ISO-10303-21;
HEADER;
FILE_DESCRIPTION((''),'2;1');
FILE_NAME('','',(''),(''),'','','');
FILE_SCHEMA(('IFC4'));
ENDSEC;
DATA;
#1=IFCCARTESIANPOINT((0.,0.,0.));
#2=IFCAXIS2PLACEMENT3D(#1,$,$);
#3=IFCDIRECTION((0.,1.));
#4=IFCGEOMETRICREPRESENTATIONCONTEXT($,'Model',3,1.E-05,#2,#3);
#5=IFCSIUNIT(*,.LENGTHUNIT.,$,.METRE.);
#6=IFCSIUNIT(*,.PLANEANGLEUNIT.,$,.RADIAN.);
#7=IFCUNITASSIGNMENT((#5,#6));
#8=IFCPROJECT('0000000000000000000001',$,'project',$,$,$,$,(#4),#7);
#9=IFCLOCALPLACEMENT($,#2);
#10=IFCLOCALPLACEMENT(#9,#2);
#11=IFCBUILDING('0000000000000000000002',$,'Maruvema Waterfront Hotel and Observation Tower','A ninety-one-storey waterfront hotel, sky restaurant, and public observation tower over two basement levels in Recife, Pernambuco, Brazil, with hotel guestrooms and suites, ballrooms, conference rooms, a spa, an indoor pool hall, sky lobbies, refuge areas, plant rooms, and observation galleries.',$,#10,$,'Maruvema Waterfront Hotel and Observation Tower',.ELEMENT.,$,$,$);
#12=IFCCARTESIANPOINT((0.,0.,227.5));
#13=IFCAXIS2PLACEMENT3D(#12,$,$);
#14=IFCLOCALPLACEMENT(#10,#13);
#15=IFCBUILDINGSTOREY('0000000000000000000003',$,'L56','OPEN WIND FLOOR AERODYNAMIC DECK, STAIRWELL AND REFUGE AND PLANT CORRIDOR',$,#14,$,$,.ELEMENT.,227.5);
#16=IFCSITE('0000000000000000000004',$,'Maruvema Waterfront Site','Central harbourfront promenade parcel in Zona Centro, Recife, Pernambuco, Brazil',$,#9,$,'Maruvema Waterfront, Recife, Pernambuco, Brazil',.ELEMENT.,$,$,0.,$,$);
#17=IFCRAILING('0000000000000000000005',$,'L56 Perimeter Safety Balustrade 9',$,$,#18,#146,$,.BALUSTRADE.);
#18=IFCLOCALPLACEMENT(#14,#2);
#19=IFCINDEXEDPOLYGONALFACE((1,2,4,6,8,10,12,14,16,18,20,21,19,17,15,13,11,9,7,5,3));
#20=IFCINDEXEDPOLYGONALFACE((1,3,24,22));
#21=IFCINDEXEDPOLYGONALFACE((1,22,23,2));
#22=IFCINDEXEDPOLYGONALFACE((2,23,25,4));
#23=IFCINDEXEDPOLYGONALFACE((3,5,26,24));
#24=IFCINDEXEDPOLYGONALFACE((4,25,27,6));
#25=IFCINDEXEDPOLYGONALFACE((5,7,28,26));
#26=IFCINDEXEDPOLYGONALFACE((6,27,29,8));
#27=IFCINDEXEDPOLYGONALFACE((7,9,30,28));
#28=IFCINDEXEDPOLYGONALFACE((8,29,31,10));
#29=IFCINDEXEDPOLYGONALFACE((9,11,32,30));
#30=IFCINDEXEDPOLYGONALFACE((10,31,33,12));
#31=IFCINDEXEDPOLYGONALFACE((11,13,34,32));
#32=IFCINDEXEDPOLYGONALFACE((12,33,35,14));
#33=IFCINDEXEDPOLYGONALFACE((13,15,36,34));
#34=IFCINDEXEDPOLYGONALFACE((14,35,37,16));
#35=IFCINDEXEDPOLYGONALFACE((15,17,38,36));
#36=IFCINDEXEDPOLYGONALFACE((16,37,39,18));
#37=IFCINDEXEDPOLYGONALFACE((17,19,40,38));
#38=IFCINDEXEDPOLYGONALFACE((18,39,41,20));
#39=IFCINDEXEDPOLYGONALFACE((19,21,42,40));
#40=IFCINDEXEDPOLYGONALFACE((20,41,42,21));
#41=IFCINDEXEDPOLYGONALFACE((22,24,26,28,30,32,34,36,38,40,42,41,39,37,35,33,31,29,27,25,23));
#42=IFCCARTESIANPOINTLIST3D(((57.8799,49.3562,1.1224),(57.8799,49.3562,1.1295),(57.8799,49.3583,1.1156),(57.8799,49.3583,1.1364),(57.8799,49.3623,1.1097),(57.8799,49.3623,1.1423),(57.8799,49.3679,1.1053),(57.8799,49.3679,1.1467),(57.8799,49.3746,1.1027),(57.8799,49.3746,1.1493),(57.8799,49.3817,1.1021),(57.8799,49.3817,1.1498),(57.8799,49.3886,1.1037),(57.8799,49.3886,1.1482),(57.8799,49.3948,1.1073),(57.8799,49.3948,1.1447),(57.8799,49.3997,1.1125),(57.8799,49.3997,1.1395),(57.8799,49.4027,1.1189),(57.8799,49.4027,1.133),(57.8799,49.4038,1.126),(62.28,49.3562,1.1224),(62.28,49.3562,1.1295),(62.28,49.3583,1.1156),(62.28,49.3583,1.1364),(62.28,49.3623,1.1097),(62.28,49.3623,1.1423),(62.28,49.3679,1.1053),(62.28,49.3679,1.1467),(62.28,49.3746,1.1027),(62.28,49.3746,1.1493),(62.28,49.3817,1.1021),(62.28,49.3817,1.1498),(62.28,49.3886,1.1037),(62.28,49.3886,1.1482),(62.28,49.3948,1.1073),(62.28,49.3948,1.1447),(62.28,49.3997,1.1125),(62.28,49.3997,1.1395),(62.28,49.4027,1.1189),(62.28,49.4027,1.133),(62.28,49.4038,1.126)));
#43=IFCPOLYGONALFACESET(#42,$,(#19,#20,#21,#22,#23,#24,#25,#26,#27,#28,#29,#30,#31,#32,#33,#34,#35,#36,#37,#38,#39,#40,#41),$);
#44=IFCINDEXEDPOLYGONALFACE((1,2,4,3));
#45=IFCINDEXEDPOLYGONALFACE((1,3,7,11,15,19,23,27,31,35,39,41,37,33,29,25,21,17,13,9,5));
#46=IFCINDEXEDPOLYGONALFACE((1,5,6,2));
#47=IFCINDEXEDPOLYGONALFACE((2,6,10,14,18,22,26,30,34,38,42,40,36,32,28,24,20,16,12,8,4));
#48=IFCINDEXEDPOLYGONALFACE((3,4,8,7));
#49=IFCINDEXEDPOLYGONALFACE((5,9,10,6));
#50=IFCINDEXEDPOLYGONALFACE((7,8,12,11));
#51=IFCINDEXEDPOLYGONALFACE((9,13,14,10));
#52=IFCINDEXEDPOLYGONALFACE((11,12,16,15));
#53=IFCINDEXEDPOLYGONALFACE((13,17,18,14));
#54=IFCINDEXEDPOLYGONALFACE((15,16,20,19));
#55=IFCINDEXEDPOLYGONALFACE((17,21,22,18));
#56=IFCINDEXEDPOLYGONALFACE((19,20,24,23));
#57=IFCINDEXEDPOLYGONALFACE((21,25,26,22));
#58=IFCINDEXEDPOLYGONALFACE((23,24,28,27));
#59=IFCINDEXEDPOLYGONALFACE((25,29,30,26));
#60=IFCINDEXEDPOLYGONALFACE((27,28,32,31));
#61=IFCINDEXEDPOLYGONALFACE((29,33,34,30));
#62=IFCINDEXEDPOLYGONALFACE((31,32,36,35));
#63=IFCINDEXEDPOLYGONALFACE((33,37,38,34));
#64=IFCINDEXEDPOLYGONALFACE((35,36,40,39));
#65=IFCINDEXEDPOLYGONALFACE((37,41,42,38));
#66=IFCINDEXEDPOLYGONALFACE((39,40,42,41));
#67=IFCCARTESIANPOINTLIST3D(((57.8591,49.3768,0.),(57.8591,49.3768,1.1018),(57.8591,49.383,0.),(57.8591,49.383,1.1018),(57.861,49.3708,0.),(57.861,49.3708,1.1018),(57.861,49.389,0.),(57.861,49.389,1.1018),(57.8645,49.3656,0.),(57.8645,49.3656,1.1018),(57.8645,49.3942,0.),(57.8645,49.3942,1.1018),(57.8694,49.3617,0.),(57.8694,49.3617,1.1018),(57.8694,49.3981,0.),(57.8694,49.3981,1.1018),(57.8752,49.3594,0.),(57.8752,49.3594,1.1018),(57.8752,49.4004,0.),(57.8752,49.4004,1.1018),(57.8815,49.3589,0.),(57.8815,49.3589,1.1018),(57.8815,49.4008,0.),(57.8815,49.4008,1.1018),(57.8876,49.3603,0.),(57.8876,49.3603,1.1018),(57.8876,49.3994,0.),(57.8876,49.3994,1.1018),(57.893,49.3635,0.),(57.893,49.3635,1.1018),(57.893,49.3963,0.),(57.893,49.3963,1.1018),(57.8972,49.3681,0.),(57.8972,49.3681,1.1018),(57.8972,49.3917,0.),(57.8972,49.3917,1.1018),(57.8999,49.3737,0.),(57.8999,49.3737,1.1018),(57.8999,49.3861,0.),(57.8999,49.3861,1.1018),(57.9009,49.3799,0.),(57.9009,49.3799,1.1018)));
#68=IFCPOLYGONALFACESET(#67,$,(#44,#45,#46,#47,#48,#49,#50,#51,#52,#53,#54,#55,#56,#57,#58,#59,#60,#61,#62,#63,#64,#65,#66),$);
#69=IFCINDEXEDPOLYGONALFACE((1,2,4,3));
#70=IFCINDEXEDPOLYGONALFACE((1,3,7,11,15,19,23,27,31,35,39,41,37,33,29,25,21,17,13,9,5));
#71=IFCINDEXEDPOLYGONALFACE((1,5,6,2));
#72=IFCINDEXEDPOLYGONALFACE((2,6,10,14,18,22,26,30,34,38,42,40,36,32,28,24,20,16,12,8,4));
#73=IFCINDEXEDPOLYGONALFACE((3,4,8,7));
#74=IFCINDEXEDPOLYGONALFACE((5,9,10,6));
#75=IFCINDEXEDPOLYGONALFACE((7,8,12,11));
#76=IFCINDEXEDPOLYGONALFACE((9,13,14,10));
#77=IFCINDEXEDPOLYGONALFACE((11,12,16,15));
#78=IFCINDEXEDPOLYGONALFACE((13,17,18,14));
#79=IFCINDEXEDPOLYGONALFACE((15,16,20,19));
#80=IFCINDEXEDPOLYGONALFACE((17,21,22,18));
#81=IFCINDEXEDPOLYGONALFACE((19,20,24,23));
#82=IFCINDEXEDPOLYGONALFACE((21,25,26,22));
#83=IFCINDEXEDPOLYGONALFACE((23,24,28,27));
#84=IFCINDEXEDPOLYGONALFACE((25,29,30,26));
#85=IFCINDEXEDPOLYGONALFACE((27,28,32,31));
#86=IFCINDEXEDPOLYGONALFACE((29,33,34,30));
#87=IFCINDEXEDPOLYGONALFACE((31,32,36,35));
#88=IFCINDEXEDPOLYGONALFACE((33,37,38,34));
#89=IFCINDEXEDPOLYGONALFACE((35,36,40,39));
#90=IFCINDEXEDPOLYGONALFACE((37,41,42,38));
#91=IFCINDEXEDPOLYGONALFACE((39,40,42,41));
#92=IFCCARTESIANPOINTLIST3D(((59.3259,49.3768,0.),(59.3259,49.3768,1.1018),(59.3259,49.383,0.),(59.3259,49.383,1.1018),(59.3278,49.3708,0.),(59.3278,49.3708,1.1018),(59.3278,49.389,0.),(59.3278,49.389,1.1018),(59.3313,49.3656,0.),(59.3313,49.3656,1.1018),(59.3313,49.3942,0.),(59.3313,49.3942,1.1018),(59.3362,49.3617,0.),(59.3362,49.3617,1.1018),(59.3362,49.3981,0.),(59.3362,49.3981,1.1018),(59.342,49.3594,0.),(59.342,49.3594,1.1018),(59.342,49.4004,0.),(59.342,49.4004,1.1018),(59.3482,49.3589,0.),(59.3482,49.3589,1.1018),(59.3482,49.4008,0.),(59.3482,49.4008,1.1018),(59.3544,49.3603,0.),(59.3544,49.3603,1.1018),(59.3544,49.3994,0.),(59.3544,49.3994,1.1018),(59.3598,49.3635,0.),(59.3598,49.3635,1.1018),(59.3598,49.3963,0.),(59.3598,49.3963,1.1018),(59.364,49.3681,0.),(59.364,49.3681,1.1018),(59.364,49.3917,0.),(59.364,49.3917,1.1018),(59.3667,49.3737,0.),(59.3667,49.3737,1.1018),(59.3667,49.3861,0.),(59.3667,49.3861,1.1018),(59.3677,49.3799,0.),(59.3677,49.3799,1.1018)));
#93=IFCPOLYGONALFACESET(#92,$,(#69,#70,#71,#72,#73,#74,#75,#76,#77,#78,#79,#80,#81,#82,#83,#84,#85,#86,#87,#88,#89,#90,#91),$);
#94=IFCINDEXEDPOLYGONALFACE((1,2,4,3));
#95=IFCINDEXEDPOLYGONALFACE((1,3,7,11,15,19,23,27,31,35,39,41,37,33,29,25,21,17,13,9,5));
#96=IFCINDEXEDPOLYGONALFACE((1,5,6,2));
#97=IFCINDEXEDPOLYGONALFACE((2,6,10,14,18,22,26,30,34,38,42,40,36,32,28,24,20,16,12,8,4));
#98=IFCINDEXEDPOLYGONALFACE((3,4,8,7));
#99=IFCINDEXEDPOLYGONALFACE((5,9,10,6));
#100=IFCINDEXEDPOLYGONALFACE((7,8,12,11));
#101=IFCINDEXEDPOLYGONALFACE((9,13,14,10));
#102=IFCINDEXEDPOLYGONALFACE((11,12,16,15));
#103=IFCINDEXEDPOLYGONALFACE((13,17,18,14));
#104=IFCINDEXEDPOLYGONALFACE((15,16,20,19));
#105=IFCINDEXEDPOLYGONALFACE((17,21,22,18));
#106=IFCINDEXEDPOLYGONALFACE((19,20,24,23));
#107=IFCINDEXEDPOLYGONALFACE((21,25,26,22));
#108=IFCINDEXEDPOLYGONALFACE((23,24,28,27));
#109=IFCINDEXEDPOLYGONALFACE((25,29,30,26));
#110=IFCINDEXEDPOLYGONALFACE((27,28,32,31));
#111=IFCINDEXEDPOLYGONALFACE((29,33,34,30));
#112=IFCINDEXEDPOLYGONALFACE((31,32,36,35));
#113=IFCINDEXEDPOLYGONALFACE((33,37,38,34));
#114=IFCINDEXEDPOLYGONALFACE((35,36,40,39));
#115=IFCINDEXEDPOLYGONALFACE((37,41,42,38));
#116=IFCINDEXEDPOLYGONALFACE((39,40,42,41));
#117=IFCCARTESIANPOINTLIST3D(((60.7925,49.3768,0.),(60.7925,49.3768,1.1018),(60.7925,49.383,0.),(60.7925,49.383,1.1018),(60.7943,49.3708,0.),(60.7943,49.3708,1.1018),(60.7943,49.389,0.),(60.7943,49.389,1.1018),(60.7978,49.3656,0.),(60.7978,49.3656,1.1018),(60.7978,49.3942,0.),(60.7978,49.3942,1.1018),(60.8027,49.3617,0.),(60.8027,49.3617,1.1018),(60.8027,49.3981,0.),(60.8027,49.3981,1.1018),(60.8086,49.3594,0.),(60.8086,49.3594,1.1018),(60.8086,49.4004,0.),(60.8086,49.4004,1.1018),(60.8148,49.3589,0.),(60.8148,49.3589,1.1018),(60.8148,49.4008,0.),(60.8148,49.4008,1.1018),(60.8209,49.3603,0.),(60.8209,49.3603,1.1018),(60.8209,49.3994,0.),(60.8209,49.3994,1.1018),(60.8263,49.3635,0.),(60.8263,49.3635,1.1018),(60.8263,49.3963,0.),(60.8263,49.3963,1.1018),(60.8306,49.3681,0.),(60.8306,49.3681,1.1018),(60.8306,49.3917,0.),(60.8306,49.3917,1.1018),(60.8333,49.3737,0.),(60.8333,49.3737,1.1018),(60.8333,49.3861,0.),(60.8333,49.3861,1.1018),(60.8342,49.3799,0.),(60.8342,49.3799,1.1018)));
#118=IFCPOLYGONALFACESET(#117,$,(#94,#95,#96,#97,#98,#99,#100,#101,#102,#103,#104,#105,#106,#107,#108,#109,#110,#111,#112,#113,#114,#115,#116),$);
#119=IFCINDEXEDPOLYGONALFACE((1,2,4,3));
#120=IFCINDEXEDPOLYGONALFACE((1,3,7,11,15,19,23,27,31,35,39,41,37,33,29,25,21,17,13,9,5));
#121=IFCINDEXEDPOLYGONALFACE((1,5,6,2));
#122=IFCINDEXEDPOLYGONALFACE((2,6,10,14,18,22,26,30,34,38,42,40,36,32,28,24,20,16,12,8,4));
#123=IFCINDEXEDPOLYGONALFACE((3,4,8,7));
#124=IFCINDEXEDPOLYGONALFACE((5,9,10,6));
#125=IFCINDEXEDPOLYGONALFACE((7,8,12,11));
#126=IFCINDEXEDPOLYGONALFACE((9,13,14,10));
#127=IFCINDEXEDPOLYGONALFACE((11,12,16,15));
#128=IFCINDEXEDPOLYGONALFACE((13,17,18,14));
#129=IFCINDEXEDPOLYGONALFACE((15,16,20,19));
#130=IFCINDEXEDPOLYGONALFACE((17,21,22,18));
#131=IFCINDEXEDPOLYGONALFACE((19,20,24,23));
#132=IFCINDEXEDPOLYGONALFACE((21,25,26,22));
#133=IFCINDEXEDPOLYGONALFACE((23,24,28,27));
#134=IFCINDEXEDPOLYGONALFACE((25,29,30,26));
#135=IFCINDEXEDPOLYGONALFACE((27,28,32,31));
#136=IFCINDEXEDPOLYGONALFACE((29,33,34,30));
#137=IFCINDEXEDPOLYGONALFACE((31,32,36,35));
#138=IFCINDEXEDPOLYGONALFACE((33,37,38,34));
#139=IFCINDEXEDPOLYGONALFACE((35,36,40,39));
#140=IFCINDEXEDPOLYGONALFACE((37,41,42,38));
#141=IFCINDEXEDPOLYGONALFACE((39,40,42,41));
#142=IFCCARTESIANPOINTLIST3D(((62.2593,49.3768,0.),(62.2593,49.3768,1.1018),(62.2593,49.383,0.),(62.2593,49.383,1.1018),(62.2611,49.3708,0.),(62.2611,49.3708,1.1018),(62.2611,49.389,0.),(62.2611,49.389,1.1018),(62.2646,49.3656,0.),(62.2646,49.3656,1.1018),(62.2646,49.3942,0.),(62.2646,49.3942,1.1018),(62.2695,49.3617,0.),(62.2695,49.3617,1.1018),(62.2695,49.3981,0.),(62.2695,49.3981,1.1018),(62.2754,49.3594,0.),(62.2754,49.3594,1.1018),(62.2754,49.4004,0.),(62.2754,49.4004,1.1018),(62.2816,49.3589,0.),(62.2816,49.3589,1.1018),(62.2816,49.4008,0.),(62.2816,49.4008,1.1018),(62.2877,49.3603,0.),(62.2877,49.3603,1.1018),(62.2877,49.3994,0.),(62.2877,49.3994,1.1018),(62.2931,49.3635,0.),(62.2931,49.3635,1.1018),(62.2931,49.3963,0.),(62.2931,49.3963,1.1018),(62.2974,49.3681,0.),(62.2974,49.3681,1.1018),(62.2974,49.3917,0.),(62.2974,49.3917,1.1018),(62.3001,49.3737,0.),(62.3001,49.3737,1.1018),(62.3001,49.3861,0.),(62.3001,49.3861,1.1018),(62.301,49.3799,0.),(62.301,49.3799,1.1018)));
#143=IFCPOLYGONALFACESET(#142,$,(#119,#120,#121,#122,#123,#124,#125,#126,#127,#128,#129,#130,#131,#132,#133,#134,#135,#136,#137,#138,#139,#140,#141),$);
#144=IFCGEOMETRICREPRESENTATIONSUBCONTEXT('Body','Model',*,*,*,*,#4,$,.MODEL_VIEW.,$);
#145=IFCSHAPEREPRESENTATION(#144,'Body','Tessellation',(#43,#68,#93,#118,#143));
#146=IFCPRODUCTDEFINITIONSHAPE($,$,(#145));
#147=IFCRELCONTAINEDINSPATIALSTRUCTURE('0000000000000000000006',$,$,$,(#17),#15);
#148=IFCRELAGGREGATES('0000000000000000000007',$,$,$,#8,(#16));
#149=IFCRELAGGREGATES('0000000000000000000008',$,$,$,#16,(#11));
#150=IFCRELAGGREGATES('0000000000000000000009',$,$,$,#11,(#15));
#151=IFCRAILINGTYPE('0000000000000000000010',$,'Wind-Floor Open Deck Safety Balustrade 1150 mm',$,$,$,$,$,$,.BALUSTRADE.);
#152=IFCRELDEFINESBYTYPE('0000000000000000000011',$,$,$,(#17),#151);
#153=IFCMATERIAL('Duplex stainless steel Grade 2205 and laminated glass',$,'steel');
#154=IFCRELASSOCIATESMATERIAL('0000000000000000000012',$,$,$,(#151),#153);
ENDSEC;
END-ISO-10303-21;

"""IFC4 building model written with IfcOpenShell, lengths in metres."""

from ifc_helpers import new_model, si_unit, direction, frame, origin, origin_2d, place, context, subcontext, project, spatial, circle, extrude, material, type_object, element, save


model = new_model("IFC4")

# Units and contexts
model_context = context("Model", 3, precision=1e-05, world=origin(), true_north=direction((0.0, 1.0)))
body_context = subcontext(model_context, "Body", "Model", "MODEL_VIEW")
ifc_project = project(units=[si_unit("LENGTHUNIT", "METRE"), si_unit("PLANEANGLEUNIT", "RADIAN")], contexts=[model_context])

# Site, building, storey
site_placement = place(None, origin())
site = spatial("IfcSite", under=ifc_project, at=site_placement, Name="Maruvema Waterfront Site", Description="Central harbourfront promenade parcel in Zona Centro, Recife, Pernambuco, Brazil", LongName="Maruvema Waterfront, Recife, Pernambuco, Brazil", CompositionType="ELEMENT", RefElevation=0.0)
building_placement = place(site_placement, origin())
building = spatial("IfcBuilding", under=site, at=building_placement, Name="Maruvema Waterfront Hotel and Observation Tower", Description="A ninety-one-storey waterfront hotel, sky restaurant, and public observation tower over two basement levels in Recife, Pernambuco, Brazil, with hotel guestrooms and suites, ballrooms, conference rooms, a spa, an indoor pool hall, sky lobbies, refuge areas, plant rooms, and observation galleries.", LongName="Maruvema Waterfront Hotel and Observation Tower", CompositionType="ELEMENT")
storey_placement = place(building_placement, frame((0.0, 0.0, 227.5)))
storey = spatial("IfcBuildingStorey", under=building, at=storey_placement, Name="L56", Description="OPEN WIND FLOOR AERODYNAMIC DECK, STAIRWELL AND REFUGE AND PLANT CORRIDOR", CompositionType="ELEMENT", Elevation=227.5)

# Railing
ifc_material_1 = material(Name="Duplex stainless steel Grade 2205 and laminated glass", Category="steel")
railing_type = type_object("IfcRailingType", Name="Wind-Floor Open Deck Safety Balustrade 1150 mm", PredefinedType="BALUSTRADE", material=ifc_material_1)
railing_1_placement = place(storey_placement, frame((57.8799, 49.3799, 0.0)))
element("IfcRailing", 1, at=railing_1_placement, inside=storey, type_object=railing_type, Name="L56 Perimeter Safety Balustrade 9", PredefinedType="BALUSTRADE", context=body_context, shape_type="SweptSolid", body=[
    extrude(circle(Radius=0.0239, at=origin_2d()), frame((0.0, 0.0, 1.126), z_axis=(1.0, 0.0, 0.0), x_axis=(0.0, 1.0, 0.0)), (0.0, 0.0, 1.0), 4.4001),
    extrude(circle(Radius=0.021, at=origin_2d()), origin(), (0.0, 0.0, 1.0), 1.1018),
    extrude(circle(Radius=0.021, at=origin_2d()), frame((1.4668, 0.0, 0.0)), (0.0, 0.0, 1.0), 1.1018),
    extrude(circle(Radius=0.021, at=origin_2d()), frame((2.9333, 0.0, 0.0)), (0.0, 0.0, 1.0), 1.1018),
    extrude(circle(Radius=0.021, at=origin_2d()), frame((4.4001, 0.0, 0.0)), (0.0, 0.0, 1.0), 1.1018),
])

save(model, "model.ifc")
